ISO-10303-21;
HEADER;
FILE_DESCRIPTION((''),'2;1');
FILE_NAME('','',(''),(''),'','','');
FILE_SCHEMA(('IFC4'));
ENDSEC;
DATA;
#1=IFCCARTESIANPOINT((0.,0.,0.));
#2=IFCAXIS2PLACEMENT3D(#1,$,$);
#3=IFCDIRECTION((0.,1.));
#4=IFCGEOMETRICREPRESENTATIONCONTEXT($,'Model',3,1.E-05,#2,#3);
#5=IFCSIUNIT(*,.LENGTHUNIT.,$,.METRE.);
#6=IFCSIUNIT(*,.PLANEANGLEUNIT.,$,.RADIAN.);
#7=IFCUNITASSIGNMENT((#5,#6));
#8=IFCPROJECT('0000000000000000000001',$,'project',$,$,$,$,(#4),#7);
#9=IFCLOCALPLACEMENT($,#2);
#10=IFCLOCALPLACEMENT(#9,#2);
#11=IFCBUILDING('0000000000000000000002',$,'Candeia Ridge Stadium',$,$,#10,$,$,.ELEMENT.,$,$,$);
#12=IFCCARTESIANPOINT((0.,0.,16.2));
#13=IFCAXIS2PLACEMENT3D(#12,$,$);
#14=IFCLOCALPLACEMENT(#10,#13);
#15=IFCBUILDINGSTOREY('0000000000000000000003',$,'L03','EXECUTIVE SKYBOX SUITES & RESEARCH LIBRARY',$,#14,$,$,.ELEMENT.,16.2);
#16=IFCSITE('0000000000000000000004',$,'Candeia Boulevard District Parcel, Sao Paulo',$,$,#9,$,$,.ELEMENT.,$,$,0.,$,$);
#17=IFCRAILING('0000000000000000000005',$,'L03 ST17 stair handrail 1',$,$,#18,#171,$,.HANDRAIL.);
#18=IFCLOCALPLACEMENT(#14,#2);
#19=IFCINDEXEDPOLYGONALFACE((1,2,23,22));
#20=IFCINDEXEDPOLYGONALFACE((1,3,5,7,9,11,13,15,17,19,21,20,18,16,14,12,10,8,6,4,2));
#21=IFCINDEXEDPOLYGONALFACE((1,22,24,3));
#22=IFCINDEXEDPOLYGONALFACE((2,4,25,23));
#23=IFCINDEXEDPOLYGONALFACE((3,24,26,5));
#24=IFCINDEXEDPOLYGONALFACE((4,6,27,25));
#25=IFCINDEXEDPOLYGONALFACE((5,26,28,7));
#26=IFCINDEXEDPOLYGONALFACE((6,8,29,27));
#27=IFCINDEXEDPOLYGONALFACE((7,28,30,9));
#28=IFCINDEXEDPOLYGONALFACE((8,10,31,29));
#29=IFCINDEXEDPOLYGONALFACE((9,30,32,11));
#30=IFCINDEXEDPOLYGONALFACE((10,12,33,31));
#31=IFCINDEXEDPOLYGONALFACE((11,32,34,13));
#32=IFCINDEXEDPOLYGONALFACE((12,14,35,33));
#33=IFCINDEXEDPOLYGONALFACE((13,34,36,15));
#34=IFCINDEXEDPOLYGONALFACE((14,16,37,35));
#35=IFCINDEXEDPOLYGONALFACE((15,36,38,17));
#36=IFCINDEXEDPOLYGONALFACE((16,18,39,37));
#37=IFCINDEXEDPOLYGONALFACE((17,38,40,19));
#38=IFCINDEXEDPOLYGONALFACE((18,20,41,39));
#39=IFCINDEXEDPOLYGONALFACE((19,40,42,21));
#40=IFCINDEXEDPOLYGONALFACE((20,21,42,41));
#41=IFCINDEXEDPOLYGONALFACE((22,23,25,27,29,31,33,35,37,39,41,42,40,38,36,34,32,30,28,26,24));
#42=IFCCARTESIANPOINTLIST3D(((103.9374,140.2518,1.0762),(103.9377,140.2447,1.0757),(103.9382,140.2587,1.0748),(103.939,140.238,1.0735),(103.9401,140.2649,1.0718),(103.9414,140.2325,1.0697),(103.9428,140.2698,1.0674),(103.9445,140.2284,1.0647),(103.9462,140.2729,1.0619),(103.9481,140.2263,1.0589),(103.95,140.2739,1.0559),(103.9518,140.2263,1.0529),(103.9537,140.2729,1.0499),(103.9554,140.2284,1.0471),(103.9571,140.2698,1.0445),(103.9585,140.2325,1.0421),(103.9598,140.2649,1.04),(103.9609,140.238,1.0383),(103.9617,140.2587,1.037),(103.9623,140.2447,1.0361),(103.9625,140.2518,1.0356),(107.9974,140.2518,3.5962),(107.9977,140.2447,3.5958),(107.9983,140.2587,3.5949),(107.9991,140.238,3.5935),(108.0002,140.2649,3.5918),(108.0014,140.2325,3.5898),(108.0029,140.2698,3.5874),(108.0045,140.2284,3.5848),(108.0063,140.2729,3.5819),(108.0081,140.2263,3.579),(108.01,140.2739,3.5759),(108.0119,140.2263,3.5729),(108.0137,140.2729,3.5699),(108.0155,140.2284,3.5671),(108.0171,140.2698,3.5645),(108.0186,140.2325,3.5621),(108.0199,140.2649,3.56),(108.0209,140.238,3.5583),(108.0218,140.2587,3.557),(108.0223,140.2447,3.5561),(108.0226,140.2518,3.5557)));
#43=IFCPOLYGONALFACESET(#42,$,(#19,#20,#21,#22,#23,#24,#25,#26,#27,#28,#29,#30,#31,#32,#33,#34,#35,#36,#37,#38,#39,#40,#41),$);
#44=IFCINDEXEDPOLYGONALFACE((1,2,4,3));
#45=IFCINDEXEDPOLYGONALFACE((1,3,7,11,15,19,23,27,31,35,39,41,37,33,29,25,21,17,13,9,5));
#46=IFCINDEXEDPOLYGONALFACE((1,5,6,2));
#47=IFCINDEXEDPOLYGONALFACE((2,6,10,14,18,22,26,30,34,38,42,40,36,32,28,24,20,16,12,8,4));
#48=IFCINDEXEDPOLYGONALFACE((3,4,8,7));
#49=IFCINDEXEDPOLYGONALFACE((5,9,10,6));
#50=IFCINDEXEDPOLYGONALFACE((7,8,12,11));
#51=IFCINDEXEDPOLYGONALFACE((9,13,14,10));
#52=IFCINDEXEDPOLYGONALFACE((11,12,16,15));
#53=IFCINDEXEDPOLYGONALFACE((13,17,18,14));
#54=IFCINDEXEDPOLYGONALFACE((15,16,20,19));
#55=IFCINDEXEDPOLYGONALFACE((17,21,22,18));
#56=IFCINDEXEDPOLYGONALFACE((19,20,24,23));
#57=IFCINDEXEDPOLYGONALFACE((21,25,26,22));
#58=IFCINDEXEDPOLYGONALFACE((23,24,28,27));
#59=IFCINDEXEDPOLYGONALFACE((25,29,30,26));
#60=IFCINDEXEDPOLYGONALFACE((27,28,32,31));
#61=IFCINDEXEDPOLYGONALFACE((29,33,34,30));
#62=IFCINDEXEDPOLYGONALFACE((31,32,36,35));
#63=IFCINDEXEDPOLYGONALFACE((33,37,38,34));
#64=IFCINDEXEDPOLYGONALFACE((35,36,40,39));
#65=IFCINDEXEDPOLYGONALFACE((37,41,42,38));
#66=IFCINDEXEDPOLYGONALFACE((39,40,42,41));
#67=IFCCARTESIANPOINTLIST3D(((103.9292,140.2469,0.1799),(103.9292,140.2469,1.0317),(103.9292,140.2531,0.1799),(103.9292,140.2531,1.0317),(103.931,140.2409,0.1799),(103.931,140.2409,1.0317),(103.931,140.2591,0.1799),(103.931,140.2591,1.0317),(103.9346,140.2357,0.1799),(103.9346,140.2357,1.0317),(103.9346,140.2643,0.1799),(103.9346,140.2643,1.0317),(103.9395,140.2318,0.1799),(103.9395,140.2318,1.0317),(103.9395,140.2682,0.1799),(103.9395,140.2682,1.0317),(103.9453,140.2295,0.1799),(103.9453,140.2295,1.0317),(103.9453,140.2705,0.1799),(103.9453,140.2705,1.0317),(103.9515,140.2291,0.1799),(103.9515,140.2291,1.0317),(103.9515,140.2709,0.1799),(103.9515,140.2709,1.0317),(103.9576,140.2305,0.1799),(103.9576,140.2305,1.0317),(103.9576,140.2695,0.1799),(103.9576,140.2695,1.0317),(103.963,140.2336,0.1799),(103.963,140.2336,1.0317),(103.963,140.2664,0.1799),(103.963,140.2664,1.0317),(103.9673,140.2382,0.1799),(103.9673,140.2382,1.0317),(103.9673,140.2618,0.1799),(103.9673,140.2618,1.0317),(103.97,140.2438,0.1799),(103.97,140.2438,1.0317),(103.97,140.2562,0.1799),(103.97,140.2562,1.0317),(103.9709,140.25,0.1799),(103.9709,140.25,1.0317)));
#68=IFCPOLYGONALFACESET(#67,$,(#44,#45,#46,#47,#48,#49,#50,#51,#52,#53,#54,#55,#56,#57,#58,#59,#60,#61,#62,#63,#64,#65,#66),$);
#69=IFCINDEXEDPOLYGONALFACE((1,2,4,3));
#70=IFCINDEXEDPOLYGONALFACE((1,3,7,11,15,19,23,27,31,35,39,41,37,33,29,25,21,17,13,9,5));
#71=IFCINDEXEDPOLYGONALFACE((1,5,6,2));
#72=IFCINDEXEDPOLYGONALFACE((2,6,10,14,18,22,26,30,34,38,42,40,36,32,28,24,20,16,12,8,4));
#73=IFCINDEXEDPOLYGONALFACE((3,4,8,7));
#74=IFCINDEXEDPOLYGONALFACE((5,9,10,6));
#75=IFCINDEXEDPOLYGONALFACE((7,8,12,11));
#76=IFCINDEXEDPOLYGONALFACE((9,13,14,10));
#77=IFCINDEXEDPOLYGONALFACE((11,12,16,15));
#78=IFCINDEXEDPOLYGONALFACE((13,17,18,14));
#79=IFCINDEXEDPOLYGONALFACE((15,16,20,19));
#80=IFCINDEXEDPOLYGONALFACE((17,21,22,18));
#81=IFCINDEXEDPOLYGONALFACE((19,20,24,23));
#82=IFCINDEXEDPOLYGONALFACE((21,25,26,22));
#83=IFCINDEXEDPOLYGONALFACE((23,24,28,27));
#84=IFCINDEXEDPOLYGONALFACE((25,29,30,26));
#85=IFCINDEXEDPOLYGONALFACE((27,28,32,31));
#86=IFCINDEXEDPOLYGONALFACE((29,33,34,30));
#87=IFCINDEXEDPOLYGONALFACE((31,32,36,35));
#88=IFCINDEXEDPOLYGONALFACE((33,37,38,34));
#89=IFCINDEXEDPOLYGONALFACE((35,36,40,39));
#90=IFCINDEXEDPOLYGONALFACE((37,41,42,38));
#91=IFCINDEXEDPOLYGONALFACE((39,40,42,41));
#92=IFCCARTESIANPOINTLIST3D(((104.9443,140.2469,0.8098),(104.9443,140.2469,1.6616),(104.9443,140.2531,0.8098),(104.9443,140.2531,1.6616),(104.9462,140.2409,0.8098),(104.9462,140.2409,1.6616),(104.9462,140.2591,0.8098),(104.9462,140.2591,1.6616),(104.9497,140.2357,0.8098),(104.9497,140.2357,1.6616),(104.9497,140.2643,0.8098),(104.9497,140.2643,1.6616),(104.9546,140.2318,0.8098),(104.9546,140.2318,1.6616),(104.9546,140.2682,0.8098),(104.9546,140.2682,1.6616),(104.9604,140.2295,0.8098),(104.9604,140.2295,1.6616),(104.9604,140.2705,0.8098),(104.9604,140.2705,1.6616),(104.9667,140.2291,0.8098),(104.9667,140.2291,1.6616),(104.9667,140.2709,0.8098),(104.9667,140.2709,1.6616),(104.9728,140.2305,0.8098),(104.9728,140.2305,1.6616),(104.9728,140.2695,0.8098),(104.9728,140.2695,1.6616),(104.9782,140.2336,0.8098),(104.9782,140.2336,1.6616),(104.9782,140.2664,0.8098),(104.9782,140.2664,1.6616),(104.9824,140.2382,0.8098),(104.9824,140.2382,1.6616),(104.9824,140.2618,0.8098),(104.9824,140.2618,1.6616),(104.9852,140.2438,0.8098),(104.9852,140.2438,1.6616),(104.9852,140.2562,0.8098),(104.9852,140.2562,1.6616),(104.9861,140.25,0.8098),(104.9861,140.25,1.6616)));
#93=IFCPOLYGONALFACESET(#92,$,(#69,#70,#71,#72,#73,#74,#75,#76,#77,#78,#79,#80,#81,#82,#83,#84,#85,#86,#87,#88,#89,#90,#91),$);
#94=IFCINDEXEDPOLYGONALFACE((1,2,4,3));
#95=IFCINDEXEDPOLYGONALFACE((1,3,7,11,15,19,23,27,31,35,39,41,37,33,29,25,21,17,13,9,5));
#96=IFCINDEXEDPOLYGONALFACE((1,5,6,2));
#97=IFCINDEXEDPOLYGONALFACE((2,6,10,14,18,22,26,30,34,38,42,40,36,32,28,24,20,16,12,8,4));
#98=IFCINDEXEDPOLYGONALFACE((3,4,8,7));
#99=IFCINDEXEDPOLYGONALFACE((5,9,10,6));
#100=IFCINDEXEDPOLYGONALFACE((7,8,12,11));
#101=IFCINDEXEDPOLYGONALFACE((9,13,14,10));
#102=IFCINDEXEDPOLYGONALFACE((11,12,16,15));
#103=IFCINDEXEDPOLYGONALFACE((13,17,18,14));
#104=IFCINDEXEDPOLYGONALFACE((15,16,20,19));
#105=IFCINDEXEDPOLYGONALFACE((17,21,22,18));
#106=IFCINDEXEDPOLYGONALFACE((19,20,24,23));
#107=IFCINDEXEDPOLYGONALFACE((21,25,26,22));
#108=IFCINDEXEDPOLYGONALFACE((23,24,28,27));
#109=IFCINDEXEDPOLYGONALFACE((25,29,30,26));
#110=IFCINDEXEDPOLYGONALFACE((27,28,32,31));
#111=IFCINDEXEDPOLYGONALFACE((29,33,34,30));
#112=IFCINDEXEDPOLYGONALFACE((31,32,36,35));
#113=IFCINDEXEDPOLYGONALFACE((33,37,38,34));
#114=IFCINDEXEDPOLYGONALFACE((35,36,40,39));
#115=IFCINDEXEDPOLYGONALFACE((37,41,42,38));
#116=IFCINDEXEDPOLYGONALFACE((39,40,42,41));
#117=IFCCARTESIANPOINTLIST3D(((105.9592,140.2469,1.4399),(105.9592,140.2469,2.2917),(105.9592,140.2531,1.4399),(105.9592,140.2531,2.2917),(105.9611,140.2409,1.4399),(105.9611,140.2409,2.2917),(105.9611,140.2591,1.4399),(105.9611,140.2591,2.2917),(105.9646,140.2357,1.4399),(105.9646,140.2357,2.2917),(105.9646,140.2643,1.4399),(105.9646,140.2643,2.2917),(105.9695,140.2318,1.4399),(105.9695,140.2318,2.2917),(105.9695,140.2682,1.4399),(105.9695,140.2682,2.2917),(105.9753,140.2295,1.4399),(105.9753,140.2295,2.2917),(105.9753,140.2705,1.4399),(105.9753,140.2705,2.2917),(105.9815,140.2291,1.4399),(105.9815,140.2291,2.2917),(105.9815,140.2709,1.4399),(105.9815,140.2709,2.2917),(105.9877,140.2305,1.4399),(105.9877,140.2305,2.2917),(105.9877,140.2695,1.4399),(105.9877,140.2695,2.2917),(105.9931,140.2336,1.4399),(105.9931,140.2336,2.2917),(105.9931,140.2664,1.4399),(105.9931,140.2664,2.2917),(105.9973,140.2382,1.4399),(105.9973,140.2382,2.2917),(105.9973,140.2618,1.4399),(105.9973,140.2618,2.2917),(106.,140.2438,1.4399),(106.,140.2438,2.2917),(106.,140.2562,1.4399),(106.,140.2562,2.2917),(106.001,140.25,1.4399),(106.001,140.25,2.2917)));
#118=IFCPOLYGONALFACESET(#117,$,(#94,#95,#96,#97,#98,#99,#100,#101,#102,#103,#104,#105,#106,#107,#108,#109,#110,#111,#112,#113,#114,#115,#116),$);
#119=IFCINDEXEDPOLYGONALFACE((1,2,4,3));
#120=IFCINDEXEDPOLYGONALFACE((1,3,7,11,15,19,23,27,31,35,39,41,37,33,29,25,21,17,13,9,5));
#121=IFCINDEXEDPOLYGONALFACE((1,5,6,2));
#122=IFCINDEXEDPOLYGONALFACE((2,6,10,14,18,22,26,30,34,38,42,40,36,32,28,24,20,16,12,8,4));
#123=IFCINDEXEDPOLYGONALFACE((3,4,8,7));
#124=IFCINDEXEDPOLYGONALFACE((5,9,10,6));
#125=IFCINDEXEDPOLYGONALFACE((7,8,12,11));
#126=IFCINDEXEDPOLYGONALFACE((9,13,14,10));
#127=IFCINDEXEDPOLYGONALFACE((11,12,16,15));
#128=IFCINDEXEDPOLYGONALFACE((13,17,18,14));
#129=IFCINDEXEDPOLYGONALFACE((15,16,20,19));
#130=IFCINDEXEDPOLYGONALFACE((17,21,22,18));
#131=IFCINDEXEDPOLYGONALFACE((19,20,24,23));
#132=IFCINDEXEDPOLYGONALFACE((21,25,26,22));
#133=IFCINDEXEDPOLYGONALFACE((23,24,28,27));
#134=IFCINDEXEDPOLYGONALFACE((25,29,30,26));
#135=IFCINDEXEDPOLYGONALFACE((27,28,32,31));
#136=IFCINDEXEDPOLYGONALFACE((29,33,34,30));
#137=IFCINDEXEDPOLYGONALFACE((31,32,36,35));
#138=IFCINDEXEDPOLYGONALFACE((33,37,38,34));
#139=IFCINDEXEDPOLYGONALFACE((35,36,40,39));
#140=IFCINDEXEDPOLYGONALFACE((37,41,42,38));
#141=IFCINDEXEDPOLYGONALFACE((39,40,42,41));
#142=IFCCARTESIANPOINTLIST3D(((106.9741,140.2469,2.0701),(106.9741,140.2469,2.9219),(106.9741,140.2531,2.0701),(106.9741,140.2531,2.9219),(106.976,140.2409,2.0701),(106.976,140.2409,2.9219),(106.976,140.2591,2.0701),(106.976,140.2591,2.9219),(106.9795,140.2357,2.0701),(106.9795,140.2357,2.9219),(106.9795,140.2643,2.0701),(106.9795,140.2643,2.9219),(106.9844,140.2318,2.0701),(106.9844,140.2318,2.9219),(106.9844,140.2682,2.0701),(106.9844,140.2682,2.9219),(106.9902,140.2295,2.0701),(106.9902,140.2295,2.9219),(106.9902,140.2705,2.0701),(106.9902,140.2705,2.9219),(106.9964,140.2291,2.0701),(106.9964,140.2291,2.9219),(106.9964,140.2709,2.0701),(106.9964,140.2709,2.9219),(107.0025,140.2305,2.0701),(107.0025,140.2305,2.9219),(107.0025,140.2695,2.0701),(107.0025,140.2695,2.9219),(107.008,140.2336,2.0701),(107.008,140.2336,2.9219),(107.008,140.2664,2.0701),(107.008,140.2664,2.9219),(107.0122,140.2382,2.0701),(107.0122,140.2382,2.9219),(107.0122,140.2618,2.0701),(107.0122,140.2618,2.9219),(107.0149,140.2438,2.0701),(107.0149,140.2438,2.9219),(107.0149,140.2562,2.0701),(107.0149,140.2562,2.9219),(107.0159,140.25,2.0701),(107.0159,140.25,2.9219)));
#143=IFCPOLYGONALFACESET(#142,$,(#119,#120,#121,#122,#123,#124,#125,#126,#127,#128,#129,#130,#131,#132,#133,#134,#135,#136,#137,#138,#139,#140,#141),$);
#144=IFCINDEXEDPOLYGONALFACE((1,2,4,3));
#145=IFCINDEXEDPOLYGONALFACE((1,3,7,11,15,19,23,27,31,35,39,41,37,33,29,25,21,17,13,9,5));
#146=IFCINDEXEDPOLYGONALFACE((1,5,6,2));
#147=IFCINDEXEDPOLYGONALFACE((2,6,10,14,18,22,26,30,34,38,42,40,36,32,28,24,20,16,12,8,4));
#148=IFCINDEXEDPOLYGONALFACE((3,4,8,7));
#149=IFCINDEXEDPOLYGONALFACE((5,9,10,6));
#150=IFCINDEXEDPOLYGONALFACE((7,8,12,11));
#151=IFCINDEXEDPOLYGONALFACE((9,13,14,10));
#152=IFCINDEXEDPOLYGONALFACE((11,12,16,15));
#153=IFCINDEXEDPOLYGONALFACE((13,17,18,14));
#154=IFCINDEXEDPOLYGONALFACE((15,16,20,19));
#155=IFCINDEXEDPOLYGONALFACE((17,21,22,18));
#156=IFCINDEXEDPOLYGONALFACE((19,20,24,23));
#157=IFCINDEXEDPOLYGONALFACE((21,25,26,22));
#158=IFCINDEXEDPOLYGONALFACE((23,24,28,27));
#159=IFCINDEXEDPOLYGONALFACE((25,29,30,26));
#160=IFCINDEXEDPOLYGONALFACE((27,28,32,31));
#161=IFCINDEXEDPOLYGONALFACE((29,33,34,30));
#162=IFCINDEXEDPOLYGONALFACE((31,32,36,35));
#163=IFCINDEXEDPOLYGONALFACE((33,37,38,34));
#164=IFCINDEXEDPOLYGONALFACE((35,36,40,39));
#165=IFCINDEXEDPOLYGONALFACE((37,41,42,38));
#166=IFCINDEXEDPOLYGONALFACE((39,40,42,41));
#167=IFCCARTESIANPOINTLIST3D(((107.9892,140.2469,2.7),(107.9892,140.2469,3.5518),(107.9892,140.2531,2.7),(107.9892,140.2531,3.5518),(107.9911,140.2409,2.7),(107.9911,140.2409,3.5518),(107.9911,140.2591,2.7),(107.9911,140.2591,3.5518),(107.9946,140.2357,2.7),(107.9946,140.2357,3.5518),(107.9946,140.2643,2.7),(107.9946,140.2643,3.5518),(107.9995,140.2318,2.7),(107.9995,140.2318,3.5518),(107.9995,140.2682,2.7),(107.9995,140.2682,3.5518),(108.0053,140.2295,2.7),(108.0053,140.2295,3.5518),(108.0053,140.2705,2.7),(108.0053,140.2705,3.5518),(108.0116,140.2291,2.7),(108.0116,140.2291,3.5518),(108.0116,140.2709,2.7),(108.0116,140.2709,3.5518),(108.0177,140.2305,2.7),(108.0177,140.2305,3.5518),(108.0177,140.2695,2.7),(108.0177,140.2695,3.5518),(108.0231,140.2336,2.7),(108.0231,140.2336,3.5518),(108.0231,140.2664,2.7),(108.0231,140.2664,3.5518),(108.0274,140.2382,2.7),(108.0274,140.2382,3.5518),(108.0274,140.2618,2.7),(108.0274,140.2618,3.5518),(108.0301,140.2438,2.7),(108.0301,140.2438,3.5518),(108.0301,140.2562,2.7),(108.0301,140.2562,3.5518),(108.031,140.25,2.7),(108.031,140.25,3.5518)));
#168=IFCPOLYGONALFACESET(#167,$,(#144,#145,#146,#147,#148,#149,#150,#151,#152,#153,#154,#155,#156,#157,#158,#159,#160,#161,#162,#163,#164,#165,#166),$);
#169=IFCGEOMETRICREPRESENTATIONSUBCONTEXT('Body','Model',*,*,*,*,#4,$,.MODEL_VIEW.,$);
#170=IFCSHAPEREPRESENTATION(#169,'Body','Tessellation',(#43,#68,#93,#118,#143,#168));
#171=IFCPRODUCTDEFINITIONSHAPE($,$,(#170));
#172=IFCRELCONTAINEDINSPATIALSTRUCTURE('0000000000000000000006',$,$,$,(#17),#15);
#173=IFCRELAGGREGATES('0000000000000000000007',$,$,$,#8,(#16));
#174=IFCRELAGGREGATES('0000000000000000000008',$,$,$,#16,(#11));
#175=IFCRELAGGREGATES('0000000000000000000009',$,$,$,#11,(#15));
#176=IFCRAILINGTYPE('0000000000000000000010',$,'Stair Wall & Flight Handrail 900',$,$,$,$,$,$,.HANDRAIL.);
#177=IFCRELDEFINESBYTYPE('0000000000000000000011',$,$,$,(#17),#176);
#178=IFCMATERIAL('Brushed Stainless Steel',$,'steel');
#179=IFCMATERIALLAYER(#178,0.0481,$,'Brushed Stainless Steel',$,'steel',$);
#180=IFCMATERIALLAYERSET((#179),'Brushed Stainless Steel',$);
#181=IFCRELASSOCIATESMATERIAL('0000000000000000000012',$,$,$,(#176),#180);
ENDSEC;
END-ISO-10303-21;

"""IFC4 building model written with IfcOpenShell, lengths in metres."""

from ifc_helpers import new_model, si_unit, direction, frame, origin, origin_2d, place, context, subcontext, project, spatial, circle, extrude, material, layer, layer_set, type_object, element, save


model = new_model("IFC4")

# Units and contexts
model_context = context("Model", 3, precision=1e-05, world=origin(), true_north=direction((0.0, 1.0)))
body_context = subcontext(model_context, "Body", "Model", "MODEL_VIEW")
ifc_project = project(units=[si_unit("LENGTHUNIT", "METRE"), si_unit("PLANEANGLEUNIT", "RADIAN")], contexts=[model_context])

# Site, building, storey
site_placement = place(None, origin())
site = spatial("IfcSite", under=ifc_project, at=site_placement, Name="Candeia Boulevard District Parcel, Sao Paulo", CompositionType="ELEMENT", RefElevation=0.0)
building_placement = place(site_placement, origin())
building = spatial("IfcBuilding", under=site, at=building_placement, Name="Candeia Ridge Stadium", CompositionType="ELEMENT")
storey_placement = place(building_placement, frame((0.0, 0.0, 16.2)))
storey = spatial("IfcBuildingStorey", under=building, at=storey_placement, Name="L03", Description="EXECUTIVE SKYBOX SUITES & RESEARCH LIBRARY", CompositionType="ELEMENT", Elevation=16.2)

# Shared definitions
ifc_material_1 = material(Name="Brushed Stainless Steel", Category="steel")

# Railing
ifc_layer_1 = layer(ifc_material_1, 0.0481, Name="Brushed Stainless Steel", Category="steel")
ifc_layer_set_1 = layer_set([ifc_layer_1], Name="Brushed Stainless Steel")
railing_type_1 = type_object("IfcRailingType", Name="Stair Wall & Flight Handrail 900", PredefinedType="HANDRAIL", material=ifc_layer_set_1)
railing_1_placement = place(storey_placement, frame((103.95, 140.25, 0.1799)))
element("IfcRailing", 1, at=railing_1_placement, inside=storey, type_object=railing_type_1, Name="L03 ST17 stair handrail 1", PredefinedType="HANDRAIL", context=body_context, shape_type="SweptSolid", body=[
    extrude(circle(Radius=0.0239, at=origin_2d()), frame((0.0, 0.0, 0.876), z_axis=(0.849642, 0.0, 0.52736), x_axis=(0.0, 1.0, 0.0)), (0.0, 0.0, 1.0), 4.7786),
    extrude(circle(Radius=0.021, at=origin_2d()), origin(), (0.0, 0.0, 1.0), 0.8518),
    extrude(circle(Radius=0.021, at=origin_2d()), frame((1.0151, 0.0, 0.6299)), (0.0, 0.0, 1.0), 0.8518),
    extrude(circle(Radius=0.021, at=origin_2d()), frame((2.03, 0.0, 1.26)), (0.0, 0.0, 1.0), 0.8518),
    extrude(circle(Radius=0.021, at=origin_2d()), frame((3.0449, 0.0, 1.8901)), (0.0, 0.0, 1.0), 0.8518),
    extrude(circle(Radius=0.021, at=origin_2d()), frame((4.0601, 0.0, 2.52)), (0.0, 0.0, 1.0), 0.8518),
])

save(model, "model.ifc")
